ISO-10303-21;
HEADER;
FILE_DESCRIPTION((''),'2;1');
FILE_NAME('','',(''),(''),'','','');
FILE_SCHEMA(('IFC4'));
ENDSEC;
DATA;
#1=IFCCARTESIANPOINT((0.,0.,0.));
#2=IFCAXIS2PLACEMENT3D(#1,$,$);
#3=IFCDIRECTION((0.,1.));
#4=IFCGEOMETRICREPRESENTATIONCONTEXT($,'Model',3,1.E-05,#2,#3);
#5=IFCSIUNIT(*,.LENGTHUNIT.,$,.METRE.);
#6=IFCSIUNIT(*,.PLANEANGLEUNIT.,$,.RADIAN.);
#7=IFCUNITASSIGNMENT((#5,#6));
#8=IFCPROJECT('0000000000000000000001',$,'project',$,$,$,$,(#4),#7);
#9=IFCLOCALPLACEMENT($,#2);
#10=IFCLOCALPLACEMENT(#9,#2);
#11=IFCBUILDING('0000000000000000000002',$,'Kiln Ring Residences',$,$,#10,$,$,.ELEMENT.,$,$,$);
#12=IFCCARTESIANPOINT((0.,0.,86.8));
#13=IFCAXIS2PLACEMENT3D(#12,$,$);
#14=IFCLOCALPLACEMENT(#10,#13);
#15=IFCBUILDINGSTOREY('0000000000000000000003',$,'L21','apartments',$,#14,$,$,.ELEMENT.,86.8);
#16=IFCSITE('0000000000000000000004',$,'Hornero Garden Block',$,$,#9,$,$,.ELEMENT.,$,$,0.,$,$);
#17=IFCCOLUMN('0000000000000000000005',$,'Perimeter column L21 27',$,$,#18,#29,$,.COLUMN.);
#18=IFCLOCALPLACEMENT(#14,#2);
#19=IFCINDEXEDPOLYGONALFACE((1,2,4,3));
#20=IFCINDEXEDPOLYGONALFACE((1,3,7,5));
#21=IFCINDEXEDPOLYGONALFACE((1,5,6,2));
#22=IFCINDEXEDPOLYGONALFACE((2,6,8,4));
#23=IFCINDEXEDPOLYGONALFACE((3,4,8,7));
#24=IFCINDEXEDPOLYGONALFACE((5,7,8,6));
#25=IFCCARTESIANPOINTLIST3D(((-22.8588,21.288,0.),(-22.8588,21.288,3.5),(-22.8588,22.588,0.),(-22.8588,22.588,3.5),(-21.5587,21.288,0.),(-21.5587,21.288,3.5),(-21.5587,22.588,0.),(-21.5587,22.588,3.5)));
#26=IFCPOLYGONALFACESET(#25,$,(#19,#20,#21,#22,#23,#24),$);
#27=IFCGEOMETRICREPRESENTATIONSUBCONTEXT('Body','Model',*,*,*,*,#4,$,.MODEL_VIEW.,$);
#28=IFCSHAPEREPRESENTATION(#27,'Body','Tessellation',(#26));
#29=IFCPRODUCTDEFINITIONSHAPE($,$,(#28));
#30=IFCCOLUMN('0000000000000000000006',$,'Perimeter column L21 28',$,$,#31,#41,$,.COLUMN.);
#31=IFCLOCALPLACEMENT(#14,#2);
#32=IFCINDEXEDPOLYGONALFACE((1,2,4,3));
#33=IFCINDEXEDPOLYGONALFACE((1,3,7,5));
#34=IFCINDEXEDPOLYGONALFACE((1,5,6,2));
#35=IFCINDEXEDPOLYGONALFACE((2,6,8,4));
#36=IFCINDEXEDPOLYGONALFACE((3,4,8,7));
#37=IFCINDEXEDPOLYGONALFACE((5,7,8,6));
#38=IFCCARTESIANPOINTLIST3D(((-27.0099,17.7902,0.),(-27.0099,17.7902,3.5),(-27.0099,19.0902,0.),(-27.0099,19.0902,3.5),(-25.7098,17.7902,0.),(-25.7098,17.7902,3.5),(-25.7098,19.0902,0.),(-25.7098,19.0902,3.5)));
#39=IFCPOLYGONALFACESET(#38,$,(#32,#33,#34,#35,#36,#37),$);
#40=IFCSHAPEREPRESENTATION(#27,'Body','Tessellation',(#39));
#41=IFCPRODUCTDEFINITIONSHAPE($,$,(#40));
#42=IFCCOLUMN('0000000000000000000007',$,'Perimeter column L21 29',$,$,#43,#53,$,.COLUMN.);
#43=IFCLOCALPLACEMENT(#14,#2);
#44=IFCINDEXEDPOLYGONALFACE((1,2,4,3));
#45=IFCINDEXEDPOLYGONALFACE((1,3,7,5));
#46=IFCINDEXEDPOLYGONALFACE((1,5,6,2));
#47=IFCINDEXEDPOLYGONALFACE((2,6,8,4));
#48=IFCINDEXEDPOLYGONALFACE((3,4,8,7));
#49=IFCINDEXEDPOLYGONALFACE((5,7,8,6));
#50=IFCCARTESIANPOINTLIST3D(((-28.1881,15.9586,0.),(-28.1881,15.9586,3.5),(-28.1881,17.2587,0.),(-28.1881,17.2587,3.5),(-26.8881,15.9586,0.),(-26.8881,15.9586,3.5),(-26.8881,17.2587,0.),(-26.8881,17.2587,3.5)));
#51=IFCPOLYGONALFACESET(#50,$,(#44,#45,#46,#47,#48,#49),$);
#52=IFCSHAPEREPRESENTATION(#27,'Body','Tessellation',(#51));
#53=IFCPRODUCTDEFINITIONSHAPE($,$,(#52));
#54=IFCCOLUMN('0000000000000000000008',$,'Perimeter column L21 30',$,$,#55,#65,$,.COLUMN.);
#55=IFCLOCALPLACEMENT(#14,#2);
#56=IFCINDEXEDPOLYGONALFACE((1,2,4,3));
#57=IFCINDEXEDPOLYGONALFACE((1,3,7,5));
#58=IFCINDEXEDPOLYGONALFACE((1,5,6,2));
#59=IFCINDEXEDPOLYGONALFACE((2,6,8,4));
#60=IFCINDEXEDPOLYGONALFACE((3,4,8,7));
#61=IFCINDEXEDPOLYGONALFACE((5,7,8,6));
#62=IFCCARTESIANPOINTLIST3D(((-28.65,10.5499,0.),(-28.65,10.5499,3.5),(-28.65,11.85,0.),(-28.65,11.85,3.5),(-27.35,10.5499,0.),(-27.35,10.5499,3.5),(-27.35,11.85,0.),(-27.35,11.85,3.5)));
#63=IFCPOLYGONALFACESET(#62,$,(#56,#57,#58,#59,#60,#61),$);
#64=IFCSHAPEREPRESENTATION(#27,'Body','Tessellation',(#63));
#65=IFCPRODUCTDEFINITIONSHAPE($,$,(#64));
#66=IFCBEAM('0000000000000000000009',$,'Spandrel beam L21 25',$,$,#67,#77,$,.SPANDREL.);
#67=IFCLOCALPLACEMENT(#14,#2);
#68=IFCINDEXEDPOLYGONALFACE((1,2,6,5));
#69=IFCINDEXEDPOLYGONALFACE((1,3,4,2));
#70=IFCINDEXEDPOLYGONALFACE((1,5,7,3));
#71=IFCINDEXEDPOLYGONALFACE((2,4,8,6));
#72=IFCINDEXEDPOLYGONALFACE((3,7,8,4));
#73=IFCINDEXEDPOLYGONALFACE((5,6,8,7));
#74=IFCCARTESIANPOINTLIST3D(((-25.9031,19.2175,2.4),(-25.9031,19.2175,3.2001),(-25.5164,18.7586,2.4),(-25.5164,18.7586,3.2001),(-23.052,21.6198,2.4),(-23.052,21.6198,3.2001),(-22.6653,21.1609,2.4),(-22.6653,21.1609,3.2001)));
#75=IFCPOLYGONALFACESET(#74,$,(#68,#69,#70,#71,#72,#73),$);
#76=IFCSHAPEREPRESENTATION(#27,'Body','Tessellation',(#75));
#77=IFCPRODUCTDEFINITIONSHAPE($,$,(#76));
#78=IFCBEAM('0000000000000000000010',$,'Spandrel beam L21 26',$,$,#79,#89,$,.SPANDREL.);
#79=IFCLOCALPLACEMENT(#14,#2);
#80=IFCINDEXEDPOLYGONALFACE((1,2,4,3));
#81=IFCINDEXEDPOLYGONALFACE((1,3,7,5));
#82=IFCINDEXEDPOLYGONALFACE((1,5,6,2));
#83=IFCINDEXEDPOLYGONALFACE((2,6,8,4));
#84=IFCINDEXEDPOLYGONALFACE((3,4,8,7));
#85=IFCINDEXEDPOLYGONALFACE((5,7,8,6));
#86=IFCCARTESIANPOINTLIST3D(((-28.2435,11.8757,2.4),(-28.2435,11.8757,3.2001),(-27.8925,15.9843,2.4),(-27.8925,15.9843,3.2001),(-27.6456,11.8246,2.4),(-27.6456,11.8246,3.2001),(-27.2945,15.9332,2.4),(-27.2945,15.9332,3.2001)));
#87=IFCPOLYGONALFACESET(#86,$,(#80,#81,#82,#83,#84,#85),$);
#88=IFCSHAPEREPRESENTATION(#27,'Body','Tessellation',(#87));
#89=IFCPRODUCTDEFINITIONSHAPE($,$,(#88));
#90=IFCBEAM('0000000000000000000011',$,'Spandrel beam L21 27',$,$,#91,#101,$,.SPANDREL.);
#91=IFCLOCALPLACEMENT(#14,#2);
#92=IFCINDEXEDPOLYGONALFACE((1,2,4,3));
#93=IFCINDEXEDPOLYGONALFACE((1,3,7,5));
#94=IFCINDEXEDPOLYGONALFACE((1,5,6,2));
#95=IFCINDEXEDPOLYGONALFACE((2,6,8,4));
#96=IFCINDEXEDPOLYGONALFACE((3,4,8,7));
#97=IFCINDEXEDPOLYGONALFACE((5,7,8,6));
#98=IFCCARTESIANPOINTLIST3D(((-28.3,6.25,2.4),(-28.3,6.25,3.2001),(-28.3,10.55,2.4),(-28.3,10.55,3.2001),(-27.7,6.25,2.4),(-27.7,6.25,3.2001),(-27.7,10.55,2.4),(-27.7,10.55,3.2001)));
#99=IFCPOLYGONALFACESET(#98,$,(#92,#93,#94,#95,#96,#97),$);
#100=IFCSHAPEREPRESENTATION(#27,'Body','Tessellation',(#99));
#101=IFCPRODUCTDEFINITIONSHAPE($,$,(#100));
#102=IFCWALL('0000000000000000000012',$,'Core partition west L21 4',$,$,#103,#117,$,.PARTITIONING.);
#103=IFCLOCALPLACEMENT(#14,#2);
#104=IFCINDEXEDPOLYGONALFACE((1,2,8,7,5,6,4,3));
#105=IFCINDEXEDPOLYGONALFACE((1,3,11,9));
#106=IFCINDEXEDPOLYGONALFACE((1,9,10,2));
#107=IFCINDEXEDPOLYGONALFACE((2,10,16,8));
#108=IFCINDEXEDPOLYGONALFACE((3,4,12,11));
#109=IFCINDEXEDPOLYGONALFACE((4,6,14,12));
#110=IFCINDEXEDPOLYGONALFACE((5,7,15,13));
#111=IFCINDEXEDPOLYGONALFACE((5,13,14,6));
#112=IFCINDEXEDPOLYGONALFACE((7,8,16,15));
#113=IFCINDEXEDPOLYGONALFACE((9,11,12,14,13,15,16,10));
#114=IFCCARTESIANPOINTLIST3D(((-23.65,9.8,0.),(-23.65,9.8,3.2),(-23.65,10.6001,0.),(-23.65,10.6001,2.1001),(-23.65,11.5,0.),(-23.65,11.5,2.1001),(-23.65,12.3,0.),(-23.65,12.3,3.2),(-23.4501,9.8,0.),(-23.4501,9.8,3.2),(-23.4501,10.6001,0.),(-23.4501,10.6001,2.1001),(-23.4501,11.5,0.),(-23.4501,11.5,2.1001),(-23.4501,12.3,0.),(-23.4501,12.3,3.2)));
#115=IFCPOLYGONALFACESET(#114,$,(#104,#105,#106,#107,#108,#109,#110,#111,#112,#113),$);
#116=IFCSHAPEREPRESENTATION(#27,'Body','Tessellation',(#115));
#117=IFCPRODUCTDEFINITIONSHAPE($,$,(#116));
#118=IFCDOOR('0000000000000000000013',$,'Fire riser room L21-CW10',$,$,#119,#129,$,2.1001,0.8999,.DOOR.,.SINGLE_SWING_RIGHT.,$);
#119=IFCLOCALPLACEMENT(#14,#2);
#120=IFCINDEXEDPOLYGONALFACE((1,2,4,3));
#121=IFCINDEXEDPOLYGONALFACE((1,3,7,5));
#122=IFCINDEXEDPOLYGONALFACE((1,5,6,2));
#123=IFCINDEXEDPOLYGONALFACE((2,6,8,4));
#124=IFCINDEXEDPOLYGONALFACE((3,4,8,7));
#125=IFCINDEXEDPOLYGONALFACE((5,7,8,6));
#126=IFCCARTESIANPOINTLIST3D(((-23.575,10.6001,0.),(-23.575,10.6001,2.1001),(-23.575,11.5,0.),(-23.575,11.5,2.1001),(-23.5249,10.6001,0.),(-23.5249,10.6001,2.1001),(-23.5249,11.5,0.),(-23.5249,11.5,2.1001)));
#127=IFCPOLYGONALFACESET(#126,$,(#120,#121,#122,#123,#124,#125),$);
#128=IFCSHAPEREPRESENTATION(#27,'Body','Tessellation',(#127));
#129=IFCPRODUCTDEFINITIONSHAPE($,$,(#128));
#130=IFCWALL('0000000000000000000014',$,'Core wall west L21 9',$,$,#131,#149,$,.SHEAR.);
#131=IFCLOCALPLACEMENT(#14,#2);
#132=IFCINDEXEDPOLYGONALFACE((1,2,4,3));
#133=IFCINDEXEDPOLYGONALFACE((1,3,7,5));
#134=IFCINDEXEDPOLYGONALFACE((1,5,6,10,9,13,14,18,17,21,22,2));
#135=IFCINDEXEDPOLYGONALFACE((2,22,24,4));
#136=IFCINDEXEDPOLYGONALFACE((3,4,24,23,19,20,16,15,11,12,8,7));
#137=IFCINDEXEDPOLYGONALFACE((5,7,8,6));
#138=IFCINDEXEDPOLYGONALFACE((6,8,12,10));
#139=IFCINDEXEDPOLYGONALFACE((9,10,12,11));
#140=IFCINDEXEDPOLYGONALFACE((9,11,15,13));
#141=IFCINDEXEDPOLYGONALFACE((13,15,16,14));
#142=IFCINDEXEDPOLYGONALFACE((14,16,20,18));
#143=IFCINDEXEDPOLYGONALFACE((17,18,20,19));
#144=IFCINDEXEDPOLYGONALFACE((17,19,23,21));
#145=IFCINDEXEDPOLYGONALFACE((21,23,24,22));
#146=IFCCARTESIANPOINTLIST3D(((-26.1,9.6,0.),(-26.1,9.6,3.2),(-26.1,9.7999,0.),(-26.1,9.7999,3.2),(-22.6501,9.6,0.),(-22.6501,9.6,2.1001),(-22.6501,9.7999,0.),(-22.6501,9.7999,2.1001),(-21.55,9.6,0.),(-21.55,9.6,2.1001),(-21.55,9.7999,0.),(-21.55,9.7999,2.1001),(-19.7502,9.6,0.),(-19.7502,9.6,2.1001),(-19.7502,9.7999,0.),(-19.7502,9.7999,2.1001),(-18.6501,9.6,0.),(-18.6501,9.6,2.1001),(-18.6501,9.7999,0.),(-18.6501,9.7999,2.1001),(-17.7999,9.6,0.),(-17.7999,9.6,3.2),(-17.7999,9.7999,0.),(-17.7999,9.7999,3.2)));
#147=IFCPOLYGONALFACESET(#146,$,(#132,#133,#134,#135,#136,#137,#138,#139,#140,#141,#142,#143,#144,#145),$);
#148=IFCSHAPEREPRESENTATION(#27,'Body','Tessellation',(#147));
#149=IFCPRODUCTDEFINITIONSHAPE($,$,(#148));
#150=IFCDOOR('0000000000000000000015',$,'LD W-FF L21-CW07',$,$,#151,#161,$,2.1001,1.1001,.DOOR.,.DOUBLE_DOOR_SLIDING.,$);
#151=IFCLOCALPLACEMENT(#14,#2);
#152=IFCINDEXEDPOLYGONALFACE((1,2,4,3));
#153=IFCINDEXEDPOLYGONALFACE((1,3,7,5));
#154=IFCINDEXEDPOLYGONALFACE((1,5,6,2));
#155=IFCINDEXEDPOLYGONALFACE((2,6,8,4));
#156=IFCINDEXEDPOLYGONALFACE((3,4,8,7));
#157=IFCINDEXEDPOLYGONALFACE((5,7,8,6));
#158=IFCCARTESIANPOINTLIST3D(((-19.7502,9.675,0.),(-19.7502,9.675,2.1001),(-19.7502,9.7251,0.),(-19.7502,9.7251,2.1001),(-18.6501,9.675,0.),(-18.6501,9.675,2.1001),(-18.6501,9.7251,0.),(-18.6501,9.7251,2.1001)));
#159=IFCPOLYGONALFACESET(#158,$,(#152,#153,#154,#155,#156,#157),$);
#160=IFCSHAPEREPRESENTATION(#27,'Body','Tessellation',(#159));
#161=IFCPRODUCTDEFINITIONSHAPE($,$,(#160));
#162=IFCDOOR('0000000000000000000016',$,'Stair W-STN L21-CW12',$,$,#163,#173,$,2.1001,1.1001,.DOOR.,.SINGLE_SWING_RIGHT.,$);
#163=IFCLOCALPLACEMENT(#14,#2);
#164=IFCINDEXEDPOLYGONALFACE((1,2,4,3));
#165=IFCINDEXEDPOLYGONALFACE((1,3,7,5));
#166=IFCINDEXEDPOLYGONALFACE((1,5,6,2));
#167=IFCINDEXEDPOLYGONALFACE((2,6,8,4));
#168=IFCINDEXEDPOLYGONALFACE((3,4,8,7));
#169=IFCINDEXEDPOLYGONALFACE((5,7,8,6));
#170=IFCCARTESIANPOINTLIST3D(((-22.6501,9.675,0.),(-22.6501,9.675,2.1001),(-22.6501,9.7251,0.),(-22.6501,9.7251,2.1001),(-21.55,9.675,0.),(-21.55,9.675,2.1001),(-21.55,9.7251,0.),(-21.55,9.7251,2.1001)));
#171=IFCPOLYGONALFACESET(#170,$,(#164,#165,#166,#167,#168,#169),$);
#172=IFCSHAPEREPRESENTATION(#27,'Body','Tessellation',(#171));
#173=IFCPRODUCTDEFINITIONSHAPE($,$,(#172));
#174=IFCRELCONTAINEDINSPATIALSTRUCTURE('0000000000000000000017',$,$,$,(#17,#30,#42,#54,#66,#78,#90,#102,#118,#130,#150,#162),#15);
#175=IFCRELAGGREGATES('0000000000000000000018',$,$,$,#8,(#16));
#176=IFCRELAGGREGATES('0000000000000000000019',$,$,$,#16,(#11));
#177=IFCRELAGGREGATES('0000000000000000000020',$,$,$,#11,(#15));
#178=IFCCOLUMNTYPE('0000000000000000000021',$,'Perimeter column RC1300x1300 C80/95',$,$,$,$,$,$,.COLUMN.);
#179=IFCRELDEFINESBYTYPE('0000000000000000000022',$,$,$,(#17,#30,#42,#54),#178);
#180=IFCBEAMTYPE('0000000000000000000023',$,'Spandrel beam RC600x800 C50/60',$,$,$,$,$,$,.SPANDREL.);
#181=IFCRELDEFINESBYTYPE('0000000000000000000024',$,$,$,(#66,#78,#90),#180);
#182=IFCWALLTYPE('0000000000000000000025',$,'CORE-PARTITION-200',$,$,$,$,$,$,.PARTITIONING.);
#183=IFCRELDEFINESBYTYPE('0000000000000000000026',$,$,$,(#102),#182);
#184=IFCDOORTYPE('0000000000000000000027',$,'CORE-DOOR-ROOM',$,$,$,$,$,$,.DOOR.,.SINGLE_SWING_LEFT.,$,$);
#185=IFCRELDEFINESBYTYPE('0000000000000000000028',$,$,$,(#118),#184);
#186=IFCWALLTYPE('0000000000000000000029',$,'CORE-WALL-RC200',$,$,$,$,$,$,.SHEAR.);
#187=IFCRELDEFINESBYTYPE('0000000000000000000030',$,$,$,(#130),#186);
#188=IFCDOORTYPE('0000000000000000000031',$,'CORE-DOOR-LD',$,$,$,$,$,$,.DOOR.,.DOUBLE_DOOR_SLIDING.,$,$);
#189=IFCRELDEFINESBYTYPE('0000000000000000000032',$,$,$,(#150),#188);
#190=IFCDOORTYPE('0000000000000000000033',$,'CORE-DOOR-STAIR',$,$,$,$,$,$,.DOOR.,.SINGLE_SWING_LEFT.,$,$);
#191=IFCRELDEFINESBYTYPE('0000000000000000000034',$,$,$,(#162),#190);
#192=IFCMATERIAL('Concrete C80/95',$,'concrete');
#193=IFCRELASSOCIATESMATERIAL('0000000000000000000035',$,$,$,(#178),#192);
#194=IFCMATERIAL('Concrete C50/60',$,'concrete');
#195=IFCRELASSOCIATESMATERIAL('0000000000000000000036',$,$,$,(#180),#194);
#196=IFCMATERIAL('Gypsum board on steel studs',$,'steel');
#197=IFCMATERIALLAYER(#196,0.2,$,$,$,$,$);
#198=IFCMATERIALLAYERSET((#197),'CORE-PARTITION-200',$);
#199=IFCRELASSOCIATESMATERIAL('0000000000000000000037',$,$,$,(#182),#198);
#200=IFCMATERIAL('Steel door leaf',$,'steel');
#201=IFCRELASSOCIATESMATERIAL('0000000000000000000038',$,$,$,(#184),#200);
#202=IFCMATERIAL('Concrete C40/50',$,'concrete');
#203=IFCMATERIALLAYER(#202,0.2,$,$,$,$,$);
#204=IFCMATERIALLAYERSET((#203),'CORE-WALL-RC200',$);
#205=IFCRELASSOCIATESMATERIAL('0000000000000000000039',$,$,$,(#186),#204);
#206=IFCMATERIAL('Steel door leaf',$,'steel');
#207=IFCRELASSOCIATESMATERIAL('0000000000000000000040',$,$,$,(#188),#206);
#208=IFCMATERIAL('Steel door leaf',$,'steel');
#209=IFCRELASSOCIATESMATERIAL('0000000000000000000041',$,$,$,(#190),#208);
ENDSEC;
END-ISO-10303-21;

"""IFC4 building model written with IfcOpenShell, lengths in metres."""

from ifc_helpers import new_model, si_unit, direction, frame, frame_2d, origin, origin_2d, place, context, subcontext, project, spatial, rectangle, extrude, material, layer, layer_set, material_profile, profile_set, type_object, element, fill, save


model = new_model("IFC4")

# Units and contexts
model_context = context("Model", 3, precision=1e-05, world=origin(), true_north=direction((0.0, 1.0)))
body_context = subcontext(model_context, "Body", "Model", "MODEL_VIEW")
ifc_project = project(units=[si_unit("LENGTHUNIT", "METRE"), si_unit("PLANEANGLEUNIT", "RADIAN")], contexts=[model_context])

# Site, building, storey
site_placement = place(None, origin())
site = spatial("IfcSite", under=ifc_project, at=site_placement, Name="Hornero Garden Block", CompositionType="ELEMENT", RefElevation=0.0)
building_placement = place(site_placement, origin())
building = spatial("IfcBuilding", under=site, at=building_placement, Name="Kiln Ring Residences", CompositionType="ELEMENT")
storey_placement = place(building_placement, frame((0.0, 0.0, 86.8)))
storey = spatial("IfcBuildingStorey", under=building, at=storey_placement, Name="L21", Description="apartments", CompositionType="ELEMENT", Elevation=86.8)

# Columns
ifc_material_1 = material(Name="Concrete C80/95", Category="concrete")
ifc_material_profile_1 = material_profile(ifc_material_1, rectangle(XDim=1.3, YDim=1.3, at=origin_2d()), Name="RC1300x1300")
ifc_profile_set_1 = profile_set([ifc_material_profile_1], Name="Concrete C80/95")
column_type = type_object("IfcColumnType", Name="Perimeter column RC1300x1300 C80/95", PredefinedType="COLUMN", material=ifc_profile_set_1)
for number, where, z_axis, x_axis, name in (
    (1, (-22.2087, 21.938, 0.0), (0.0, 0.0, 1.0), (1.0, 0.0, 0.0), "Perimeter column L21 27"),
    (2, (-26.3599, 18.4402, 0.0), (0.0, 0.0, 1.0), (1.0, 0.0, 0.0), "Perimeter column L21 28"),
    (3, (-27.5381, 16.6086, 0.0), (0.0, 0.0, 1.0), (1.0, 0.0, 0.0), "Perimeter column L21 29"),
    (4, (-28.0, 11.2, 0.0), (0.0, 0.0, 1.0), (1.0, 0.0, 0.0), "Perimeter column L21 30"),
):
    element("IfcColumn", number, at=place(storey_placement, frame(where, z_axis=z_axis, x_axis=x_axis)), inside=storey, type_object=column_type, Name=name, PredefinedType="COLUMN", context=body_context, shape_type="SweptSolid", body=[
        extrude(rectangle(XDim=1.3, YDim=1.3, at=origin_2d()), origin(), (0.0, 0.0, 1.0), 3.5),
    ])

# Beams
ifc_material_2 = material(Name="Concrete C50/60", Category="concrete")
ifc_material_profile_2 = material_profile(ifc_material_2, rectangle(XDim=0.6001, YDim=0.8, at=origin_2d()), Name="RC600x800")
ifc_profile_set_2 = profile_set([ifc_material_profile_2], Name="Concrete C50/60")
beam_type = type_object("IfcBeamType", Name="Spandrel beam RC600x800 C50/60", PredefinedType="SPANDREL", material=ifc_profile_set_2)
beam_1_placement = place(storey_placement, frame((-22.8586, 21.3904, 2.8), z_axis=(-0.764721, -0.644362, 0.0), x_axis=(0.644362, -0.764721, 0.0)))
element("IfcBeam", 5, at=beam_1_placement, inside=storey, type_object=beam_type, Name="Spandrel beam L21 25", PredefinedType="SPANDREL", context=body_context, shape_type="SweptSolid", body=[
    extrude(rectangle(XDim=0.6001, YDim=0.8, at=origin_2d()), origin(), (0.0, 0.0, 1.0), 3.7283),
])
beam_2_placement = place(storey_placement, frame((-27.5935, 15.9587, 2.8), z_axis=(-0.085137, -0.996369, 0.0), x_axis=(0.996369, -0.085137, 0.0)))
element("IfcBeam", 6, at=beam_2_placement, inside=storey, type_object=beam_type, Name="Spandrel beam L21 26", PredefinedType="SPANDREL", context=body_context, shape_type="SweptSolid", body=[
    extrude(rectangle(XDim=0.6001, YDim=0.8, at=origin_2d()), origin(), (0.0, 0.0, 1.0), 4.1235),
])
beam_3_placement = place(storey_placement, frame((-28.0, 10.55, 2.8), z_axis=(0.0, -1.0, 0.0), x_axis=(1.0, 0.0, 0.0)))
element("IfcBeam", 7, at=beam_3_placement, inside=storey, type_object=beam_type, Name="Spandrel beam L21 27", PredefinedType="SPANDREL", context=body_context, shape_type="SweptSolid", body=[
    extrude(rectangle(XDim=0.6001, YDim=0.8, at=origin_2d()), origin(), (0.0, 0.0, 1.0), 4.3),
])

# Wall, opening, door
ifc_material_3 = material(Name="Gypsum board on steel studs", Category="steel")
ifc_layer_1 = layer(ifc_material_3, 0.2)
ifc_layer_set_1 = layer_set([ifc_layer_1], Name="CORE-PARTITION-200")
wall_type_1 = type_object("IfcWallType", Name="CORE-PARTITION-200", PredefinedType="PARTITIONING", material=ifc_layer_set_1)
wall_1_placement = place(storey_placement, frame((-23.55, 9.8, 0.0), z_axis=(0.0, 0.0, 1.0), x_axis=(0.0, 1.0, 0.0)))
wall_1 = element("IfcWall", 8, at=wall_1_placement, inside=storey, type_object=wall_type_1, Name="Core partition west L21 4", PredefinedType="PARTITIONING", context=body_context, shape_type="SweptSolid", body=[
    extrude(rectangle(XDim=2.5, YDim=0.2, at=frame_2d((1.25, 0.0))), origin(), (0.0, 0.0, 1.0), 3.2),
])
opening_1_placement = place(wall_1_placement, frame((0.8, 0.0, 0.0)))
opening_1 = element("IfcOpeningElement", 9, at=opening_1_placement, cuts=wall_1, PredefinedType="OPENING", context=body_context, shape_type="SweptSolid", body=[
    extrude(rectangle(XDim=0.8999, YDim=2.1001, at=frame_2d((0.45, 1.05))), frame((0.0, 0.1099, 0.0), z_axis=(0.0, -1.0, 0.0), x_axis=(1.0, 0.0, 0.0)), (0.0, 0.0, 1.0), 0.22),
])
ifc_material_4 = material(Name="Steel door leaf", Category="steel")
door_type_1 = type_object("IfcDoorType", Name="CORE-DOOR-ROOM", OperationType="SINGLE_SWING_LEFT", PredefinedType="DOOR", material=ifc_material_4)
door_1_placement = place(opening_1_placement, origin())
door_1 = element("IfcDoor", 10, at=door_1_placement, inside=storey, type_object=door_type_1, Name="Fire riser room L21-CW10", OperationType="SINGLE_SWING_RIGHT", OverallHeight=2.1001, OverallWidth=0.8999, PredefinedType="DOOR", context=body_context, shape_type="SweptSolid", body=[
    extrude(rectangle(XDim=0.8999, YDim=2.1001, at=frame_2d((0.45, 1.05))), frame((0.0, 0.0249, 0.0), z_axis=(0.0, -1.0, 0.0), x_axis=(1.0, 0.0, 0.0)), (0.0, 0.0, 1.0), 0.05),
])
fill(opening_1, door_1)

# Wall, openings, doors
ifc_material_5 = material(Name="Concrete C40/50", Category="concrete")
ifc_layer_2 = layer(ifc_material_5, 0.2)
ifc_layer_set_2 = layer_set([ifc_layer_2], Name="CORE-WALL-RC200")
wall_type_2 = type_object("IfcWallType", Name="CORE-WALL-RC200", PredefinedType="SHEAR", material=ifc_layer_set_2)
wall_2_placement = place(storey_placement, frame((-17.8, 9.7, 0.0), z_axis=(0.0, 0.0, 1.0), x_axis=(-1.0, 0.0, 0.0)))
wall_2 = element("IfcWall", 11, at=wall_2_placement, inside=storey, type_object=wall_type_2, Name="Core wall west L21 9", PredefinedType="SHEAR", context=body_context, shape_type="SweptSolid", body=[
    extrude(rectangle(XDim=8.3, YDim=0.2, at=frame_2d((4.1499, 0.0))), origin(), (0.0, 0.0, 1.0), 3.2),
])
opening_2_placement = place(wall_2_placement, frame((0.8501, 0.0, 0.0)))
opening_2 = element("IfcOpeningElement", 12, at=opening_2_placement, cuts=wall_2, PredefinedType="OPENING", context=body_context, shape_type="SweptSolid", body=[
    extrude(rectangle(XDim=1.1001, YDim=2.1001, at=frame_2d((0.55, 1.05))), frame((0.0, 0.1099, 0.0), z_axis=(0.0, -1.0, 0.0), x_axis=(1.0, 0.0, 0.0)), (0.0, 0.0, 1.0), 0.22),
])
opening_3_placement = place(wall_2_placement, frame((3.75, 0.0, 0.0)))
opening_3 = element("IfcOpeningElement", 13, at=opening_3_placement, cuts=wall_2, PredefinedType="OPENING", context=body_context, shape_type="SweptSolid", body=[
    extrude(rectangle(XDim=1.1001, YDim=2.1001, at=frame_2d((0.55, 1.05))), frame((0.0, 0.1099, 0.0), z_axis=(0.0, -1.0, 0.0), x_axis=(1.0, 0.0, 0.0)), (0.0, 0.0, 1.0), 0.22),
])
ifc_material_6 = material(Name="Steel door leaf", Category="steel")
door_type_2 = type_object("IfcDoorType", Name="CORE-DOOR-LD", OperationType="DOUBLE_DOOR_SLIDING", PredefinedType="DOOR", material=ifc_material_6)
door_2_placement = place(opening_2_placement, origin())
door_2 = element("IfcDoor", 14, at=door_2_placement, inside=storey, type_object=door_type_2, Name="LD W-FF L21-CW07", OperationType="DOUBLE_DOOR_SLIDING", OverallHeight=2.1001, OverallWidth=1.1001, PredefinedType="DOOR", context=body_context, shape_type="SweptSolid", body=[
    extrude(rectangle(XDim=1.1001, YDim=2.1001, at=frame_2d((0.55, 1.05))), frame((0.0, 0.0249, 0.0), z_axis=(0.0, -1.0, 0.0), x_axis=(1.0, 0.0, 0.0)), (0.0, 0.0, 1.0), 0.05),
])
fill(opening_2, door_2)
ifc_material_7 = material(Name="Steel door leaf", Category="steel")
door_type_3 = type_object("IfcDoorType", Name="CORE-DOOR-STAIR", OperationType="SINGLE_SWING_LEFT", PredefinedType="DOOR", material=ifc_material_7)
door_3_placement = place(opening_3_placement, origin())
door_3 = element("IfcDoor", 15, at=door_3_placement, inside=storey, type_object=door_type_3, Name="Stair W-STN L21-CW12", OperationType="SINGLE_SWING_RIGHT", OverallHeight=2.1001, OverallWidth=1.1001, PredefinedType="DOOR", context=body_context, shape_type="SweptSolid", body=[
    extrude(rectangle(XDim=1.1001, YDim=2.1001, at=frame_2d((0.55, 1.05))), frame((0.0, 0.0249, 0.0), z_axis=(0.0, -1.0, 0.0), x_axis=(1.0, 0.0, 0.0)), (0.0, 0.0, 1.0), 0.05),
])
fill(opening_3, door_3)

save(model, "model.ifc")
